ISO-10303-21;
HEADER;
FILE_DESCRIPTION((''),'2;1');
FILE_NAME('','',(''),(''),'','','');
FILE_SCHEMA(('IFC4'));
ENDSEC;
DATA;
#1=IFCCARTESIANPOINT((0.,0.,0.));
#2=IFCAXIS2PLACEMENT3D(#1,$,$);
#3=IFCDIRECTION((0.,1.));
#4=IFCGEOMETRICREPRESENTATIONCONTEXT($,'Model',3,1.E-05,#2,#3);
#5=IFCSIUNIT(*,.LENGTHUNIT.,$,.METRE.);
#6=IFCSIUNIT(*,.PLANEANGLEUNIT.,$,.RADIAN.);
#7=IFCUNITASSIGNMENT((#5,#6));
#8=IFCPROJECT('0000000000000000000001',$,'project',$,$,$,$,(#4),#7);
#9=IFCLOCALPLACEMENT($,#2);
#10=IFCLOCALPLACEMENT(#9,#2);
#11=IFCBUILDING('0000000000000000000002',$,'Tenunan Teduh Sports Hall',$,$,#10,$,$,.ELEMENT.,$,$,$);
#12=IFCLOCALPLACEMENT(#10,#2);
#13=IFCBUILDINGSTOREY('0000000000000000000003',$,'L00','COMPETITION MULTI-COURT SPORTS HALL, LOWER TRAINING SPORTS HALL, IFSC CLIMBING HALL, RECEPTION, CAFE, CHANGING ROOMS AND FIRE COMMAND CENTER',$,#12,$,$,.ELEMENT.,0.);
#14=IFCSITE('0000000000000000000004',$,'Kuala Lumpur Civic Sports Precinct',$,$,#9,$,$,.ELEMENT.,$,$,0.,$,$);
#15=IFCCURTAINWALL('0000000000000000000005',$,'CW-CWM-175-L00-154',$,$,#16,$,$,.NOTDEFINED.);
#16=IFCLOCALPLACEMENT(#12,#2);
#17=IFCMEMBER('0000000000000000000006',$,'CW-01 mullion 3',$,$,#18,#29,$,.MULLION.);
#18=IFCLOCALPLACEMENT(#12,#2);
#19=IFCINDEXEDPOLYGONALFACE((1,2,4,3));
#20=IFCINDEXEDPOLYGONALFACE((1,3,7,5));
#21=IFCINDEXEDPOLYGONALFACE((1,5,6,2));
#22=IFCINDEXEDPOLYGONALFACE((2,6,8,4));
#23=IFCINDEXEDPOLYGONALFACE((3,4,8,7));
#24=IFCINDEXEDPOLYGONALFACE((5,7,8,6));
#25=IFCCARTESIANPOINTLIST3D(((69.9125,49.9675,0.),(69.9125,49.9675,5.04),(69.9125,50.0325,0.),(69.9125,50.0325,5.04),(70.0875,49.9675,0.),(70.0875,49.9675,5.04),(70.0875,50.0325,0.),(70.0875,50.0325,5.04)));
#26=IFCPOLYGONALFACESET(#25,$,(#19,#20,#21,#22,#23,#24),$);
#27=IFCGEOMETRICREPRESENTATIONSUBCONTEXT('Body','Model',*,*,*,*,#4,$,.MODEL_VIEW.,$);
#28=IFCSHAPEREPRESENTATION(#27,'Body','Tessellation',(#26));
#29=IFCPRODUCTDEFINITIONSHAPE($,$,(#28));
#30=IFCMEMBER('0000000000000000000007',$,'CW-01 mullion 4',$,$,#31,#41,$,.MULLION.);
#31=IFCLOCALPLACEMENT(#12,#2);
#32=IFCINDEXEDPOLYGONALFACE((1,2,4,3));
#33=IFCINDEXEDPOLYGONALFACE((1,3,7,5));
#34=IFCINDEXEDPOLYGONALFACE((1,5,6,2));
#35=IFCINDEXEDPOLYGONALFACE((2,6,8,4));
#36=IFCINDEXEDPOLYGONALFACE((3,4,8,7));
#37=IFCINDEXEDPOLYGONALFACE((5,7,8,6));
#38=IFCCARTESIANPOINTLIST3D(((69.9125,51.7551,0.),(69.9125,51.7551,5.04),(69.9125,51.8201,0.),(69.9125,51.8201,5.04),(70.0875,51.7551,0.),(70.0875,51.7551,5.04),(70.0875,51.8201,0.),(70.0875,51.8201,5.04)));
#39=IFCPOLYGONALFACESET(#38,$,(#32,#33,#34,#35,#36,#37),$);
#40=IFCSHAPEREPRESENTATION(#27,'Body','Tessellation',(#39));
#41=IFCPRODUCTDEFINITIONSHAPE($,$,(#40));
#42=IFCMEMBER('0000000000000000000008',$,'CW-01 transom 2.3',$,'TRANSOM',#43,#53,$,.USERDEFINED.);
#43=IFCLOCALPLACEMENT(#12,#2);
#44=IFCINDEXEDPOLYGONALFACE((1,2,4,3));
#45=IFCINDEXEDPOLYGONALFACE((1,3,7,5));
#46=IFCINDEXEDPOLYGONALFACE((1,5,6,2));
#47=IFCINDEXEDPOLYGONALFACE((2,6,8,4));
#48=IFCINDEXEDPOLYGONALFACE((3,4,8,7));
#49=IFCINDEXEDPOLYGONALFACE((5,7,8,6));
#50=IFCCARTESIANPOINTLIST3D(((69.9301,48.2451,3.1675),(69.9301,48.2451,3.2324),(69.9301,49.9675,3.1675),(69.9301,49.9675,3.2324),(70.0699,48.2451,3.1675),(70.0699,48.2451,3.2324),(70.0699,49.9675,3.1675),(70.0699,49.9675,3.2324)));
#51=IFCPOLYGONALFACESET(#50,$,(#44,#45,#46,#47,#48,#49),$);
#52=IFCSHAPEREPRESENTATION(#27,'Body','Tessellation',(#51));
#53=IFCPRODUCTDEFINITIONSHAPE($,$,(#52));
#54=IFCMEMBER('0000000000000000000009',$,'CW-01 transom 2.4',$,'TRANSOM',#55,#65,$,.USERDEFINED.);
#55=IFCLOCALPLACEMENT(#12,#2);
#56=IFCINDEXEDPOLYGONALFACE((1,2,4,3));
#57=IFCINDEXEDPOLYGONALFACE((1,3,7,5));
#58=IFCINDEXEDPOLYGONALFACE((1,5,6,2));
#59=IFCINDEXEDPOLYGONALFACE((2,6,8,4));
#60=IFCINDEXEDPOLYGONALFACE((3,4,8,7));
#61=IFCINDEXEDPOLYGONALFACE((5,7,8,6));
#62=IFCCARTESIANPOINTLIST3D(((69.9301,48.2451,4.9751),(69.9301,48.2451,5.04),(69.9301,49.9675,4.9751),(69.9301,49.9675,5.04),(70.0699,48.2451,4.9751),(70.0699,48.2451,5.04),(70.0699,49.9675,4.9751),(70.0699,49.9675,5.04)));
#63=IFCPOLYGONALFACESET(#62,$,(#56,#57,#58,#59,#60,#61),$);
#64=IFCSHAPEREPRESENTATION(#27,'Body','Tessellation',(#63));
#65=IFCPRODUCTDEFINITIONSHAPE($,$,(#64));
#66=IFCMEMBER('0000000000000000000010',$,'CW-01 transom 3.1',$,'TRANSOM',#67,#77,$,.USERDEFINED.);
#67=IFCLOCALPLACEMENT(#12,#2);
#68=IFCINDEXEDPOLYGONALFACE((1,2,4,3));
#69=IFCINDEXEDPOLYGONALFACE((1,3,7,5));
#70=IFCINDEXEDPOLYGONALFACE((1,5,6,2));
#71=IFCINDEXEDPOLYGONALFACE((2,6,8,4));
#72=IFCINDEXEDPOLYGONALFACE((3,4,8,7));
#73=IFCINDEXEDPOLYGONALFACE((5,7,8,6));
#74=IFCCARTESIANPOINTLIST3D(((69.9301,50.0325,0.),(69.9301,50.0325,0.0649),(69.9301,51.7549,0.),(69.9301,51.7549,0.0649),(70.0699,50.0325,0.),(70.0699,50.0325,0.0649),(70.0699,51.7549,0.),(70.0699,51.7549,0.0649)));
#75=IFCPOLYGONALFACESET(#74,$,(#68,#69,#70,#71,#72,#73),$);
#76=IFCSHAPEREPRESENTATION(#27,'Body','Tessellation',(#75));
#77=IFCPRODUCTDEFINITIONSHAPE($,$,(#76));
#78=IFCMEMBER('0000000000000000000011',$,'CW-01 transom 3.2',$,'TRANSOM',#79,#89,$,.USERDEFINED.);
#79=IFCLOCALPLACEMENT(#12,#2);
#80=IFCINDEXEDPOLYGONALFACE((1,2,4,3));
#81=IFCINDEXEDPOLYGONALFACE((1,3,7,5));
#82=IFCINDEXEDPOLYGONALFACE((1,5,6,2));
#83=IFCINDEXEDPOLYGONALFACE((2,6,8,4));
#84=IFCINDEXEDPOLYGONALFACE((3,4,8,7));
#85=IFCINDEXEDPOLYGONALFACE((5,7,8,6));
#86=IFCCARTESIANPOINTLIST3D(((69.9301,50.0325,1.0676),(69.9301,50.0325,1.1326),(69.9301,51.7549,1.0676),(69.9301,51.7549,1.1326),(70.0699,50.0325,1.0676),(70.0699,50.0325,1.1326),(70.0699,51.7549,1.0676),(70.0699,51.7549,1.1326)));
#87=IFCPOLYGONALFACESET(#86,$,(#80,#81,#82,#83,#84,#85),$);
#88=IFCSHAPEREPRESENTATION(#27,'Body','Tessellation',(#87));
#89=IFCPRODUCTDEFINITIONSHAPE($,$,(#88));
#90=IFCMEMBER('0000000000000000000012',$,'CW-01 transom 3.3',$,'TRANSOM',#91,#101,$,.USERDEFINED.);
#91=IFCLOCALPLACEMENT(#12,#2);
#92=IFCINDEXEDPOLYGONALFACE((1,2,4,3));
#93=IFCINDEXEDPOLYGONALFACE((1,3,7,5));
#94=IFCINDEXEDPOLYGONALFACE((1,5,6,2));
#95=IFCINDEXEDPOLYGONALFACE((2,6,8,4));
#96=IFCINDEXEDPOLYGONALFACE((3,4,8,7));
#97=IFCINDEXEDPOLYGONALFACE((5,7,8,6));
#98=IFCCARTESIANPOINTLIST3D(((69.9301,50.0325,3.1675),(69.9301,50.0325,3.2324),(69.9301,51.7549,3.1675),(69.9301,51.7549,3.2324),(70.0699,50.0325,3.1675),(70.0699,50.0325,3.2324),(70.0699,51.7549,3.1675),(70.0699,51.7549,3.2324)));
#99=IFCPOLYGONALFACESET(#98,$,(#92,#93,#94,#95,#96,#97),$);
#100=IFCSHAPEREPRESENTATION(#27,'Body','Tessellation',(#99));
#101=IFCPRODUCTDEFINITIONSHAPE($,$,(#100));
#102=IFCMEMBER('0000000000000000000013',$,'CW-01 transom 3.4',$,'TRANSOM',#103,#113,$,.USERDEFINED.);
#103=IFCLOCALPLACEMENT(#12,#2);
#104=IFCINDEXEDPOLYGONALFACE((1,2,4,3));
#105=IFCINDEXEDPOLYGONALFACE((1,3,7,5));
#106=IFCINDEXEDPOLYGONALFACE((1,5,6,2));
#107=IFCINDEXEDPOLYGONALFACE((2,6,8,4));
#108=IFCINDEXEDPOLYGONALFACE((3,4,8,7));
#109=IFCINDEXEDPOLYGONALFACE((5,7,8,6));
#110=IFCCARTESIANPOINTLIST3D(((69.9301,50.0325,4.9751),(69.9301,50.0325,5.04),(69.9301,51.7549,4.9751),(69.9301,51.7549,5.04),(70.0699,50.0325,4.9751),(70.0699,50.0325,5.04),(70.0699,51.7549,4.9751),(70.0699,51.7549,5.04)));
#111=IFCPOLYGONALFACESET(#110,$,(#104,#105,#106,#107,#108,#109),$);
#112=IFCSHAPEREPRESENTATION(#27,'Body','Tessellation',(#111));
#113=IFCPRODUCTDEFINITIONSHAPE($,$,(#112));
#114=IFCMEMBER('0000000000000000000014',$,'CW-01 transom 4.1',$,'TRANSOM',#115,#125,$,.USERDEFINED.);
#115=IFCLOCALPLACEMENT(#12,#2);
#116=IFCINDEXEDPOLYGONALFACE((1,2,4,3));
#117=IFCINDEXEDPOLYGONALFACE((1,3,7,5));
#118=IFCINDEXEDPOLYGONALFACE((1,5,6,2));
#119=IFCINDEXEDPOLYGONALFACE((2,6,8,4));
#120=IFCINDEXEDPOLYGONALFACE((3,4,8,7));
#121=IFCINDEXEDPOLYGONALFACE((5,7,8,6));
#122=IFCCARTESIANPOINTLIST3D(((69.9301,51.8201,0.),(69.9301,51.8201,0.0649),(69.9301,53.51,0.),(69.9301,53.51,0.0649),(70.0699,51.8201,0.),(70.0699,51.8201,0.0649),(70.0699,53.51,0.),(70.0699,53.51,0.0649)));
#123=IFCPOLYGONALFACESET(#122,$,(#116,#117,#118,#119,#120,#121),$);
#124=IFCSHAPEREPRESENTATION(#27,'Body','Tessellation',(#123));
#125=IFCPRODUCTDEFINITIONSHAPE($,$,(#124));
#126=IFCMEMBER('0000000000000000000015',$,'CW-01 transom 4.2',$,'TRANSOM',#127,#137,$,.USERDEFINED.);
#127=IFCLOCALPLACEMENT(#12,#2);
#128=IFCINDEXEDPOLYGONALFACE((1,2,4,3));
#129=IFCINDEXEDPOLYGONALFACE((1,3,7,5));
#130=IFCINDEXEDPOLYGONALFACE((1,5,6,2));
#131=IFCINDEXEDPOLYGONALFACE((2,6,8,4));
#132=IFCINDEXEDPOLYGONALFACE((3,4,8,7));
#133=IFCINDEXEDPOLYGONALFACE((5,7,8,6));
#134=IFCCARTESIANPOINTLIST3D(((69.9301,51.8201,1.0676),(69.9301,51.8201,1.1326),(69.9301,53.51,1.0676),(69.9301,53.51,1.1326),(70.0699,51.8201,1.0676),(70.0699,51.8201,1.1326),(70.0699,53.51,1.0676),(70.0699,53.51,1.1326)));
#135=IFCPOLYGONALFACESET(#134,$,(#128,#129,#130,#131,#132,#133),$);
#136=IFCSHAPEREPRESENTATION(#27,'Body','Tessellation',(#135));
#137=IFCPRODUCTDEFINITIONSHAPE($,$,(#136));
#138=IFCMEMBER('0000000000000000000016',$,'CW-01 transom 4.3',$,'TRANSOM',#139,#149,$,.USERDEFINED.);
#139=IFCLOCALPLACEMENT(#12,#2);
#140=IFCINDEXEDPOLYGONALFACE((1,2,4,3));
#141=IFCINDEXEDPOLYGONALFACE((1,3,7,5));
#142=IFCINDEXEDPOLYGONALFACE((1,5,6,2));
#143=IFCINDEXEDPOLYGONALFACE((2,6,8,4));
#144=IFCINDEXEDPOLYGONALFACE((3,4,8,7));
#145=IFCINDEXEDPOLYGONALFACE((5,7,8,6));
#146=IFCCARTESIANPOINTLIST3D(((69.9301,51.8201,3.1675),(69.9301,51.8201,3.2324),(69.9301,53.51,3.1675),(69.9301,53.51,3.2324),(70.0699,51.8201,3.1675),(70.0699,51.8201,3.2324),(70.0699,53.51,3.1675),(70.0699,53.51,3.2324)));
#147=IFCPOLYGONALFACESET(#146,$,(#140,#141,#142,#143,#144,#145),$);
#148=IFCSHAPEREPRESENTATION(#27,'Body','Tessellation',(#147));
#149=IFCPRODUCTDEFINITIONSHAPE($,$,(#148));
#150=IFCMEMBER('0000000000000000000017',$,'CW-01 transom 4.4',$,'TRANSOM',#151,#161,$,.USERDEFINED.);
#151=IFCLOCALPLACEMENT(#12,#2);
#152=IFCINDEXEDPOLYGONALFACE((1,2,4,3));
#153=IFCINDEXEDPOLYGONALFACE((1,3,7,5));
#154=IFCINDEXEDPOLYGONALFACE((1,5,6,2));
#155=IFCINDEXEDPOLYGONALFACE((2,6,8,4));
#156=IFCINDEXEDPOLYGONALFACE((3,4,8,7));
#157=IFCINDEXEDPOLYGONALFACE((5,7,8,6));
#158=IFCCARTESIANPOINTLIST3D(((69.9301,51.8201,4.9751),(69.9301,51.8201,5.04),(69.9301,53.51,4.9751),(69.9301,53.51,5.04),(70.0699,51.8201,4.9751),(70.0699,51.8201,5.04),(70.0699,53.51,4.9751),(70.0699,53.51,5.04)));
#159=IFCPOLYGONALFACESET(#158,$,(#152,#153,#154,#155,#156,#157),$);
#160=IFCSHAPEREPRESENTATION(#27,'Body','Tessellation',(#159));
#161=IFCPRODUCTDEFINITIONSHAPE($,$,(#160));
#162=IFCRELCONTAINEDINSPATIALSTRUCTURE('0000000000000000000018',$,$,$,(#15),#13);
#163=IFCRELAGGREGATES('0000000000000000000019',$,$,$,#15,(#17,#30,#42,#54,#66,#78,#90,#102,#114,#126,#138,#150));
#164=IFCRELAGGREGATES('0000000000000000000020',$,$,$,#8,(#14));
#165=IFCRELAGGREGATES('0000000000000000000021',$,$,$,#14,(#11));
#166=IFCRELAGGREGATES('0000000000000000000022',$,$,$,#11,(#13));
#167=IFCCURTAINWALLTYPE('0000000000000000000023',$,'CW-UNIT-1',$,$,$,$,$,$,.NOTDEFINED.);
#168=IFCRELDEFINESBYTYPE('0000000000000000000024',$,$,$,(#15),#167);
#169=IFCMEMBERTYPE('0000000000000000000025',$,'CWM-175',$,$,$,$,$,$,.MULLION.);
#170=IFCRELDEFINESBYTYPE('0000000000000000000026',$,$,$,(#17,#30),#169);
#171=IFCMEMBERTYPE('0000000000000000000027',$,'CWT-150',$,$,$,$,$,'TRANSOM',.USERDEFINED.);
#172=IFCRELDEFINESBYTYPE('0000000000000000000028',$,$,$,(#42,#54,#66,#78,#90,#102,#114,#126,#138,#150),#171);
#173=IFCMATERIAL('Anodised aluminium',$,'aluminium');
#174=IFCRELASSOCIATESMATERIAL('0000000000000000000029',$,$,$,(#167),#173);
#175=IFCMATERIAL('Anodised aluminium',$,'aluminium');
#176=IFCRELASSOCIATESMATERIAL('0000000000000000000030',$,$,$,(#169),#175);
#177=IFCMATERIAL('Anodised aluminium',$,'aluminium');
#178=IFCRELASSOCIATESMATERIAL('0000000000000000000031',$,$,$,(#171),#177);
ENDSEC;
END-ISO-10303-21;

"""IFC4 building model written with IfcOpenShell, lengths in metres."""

from ifc_helpers import new_model, si_unit, direction, frame, origin, origin_2d, place, context, subcontext, project, spatial, rectangle, extrude, material, material_profile, profile_set, type_object, element, aggregate, save


model = new_model("IFC4")

# Units and contexts
model_context = context("Model", 3, precision=1e-05, world=origin(), true_north=direction((0.0, 1.0)))
body_context = subcontext(model_context, "Body", "Model", "MODEL_VIEW")
ifc_project = project(units=[si_unit("LENGTHUNIT", "METRE"), si_unit("PLANEANGLEUNIT", "RADIAN")], contexts=[model_context])

# Site, building, storey
site_placement = place(None, origin())
site = spatial("IfcSite", under=ifc_project, at=site_placement, Name="Kuala Lumpur Civic Sports Precinct", CompositionType="ELEMENT", RefElevation=0.0)
building_placement = place(site_placement, origin())
building = spatial("IfcBuilding", under=site, at=building_placement, Name="Tenunan Teduh Sports Hall", CompositionType="ELEMENT")
storey_placement = place(building_placement, origin())
storey = spatial("IfcBuildingStorey", under=building, at=storey_placement, Name="L00", Description="COMPETITION MULTI-COURT SPORTS HALL, LOWER TRAINING SPORTS HALL, IFSC CLIMBING HALL, RECEPTION, CAFE, CHANGING ROOMS AND FIRE COMMAND CENTER", CompositionType="ELEMENT", Elevation=0.0)

# Curtain wall, members
ifc_material_1 = material(Name="Anodised aluminium", Category="aluminium")
curtain_wall_type = type_object("IfcCurtainWallType", Name="CW-UNIT-1", PredefinedType="NOTDEFINED", material=ifc_material_1)
curtain_wall_placement = place(storey_placement, origin())
curtain_wall = element("IfcCurtainWall", 1, at=curtain_wall_placement, inside=storey, type_object=curtain_wall_type, Name="CW-CWM-175-L00-154", PredefinedType="NOTDEFINED")
ifc_material_2 = material(Name="Anodised aluminium", Category="aluminium")
ifc_material_profile_1 = material_profile(ifc_material_2, rectangle(XDim=0.0649, YDim=0.175, at=origin_2d()), Name="CWM 65x175")
ifc_profile_set_1 = profile_set([ifc_material_profile_1], Name="Anodised aluminium")
member_type_1 = type_object("IfcMemberType", Name="CWM-175", PredefinedType="MULLION", material=ifc_profile_set_1)
member_1_placement = place(storey_placement, frame((70.0, 50.0, 0.0), z_axis=(0.0, 0.0, 1.0), x_axis=(0.0, 1.0, 0.0)))
member_1 = element("IfcMember", 2, at=member_1_placement, type_object=member_type_1, Name="CW-01 mullion 3", PredefinedType="MULLION", context=body_context, shape_type="SweptSolid", body=[
    extrude(rectangle(XDim=0.0649, YDim=0.175, at=origin_2d()), origin(), (0.0, 0.0, 1.0), 5.04),
])
member_2_placement = place(storey_placement, frame((70.0, 51.7876, 0.0), z_axis=(0.0, 0.0, 1.0), x_axis=(0.0, 1.0, 0.0)))
member_2 = element("IfcMember", 3, at=member_2_placement, type_object=member_type_1, Name="CW-01 mullion 4", PredefinedType="MULLION", context=body_context, shape_type="SweptSolid", body=[
    extrude(rectangle(XDim=0.0649, YDim=0.175, at=origin_2d()), origin(), (0.0, 0.0, 1.0), 5.04),
])
ifc_material_3 = material(Name="Anodised aluminium", Category="aluminium")
ifc_material_profile_2 = material_profile(ifc_material_3, rectangle(XDim=0.0649, YDim=0.1399, at=origin_2d()), Name="CWT 65x140")
ifc_profile_set_2 = profile_set([ifc_material_profile_2], Name="Anodised aluminium")
member_type_2 = type_object("IfcMemberType", Name="CWT-150", ElementType="TRANSOM", PredefinedType="USERDEFINED", material=ifc_profile_set_2)
member_3_placement = place(storey_placement, frame((70.0, 48.2451, 3.2), z_axis=(0.0, 1.0, 0.0), x_axis=(0.0, 0.0, 1.0)))
member_3 = element("IfcMember", 4, at=member_3_placement, type_object=member_type_2, Name="CW-01 transom 2.3", ObjectType="TRANSOM", PredefinedType="USERDEFINED", context=body_context, shape_type="SweptSolid", body=[
    extrude(rectangle(XDim=0.0649, YDim=0.1399, at=origin_2d()), origin(), (0.0, 0.0, 1.0), 1.7224),
])
member_4_placement = place(storey_placement, frame((70.0, 48.2451, 5.0076), z_axis=(0.0, 1.0, 0.0), x_axis=(0.0, 0.0, 1.0)))
member_4 = element("IfcMember", 5, at=member_4_placement, type_object=member_type_2, Name="CW-01 transom 2.4", ObjectType="TRANSOM", PredefinedType="USERDEFINED", context=body_context, shape_type="SweptSolid", body=[
    extrude(rectangle(XDim=0.0649, YDim=0.1399, at=origin_2d()), origin(), (0.0, 0.0, 1.0), 1.7224),
])
member_5_placement = place(storey_placement, frame((70.0, 50.0325, 0.0325), z_axis=(0.0, 1.0, 0.0), x_axis=(0.0, 0.0, 1.0)))
member_5 = element("IfcMember", 6, at=member_5_placement, type_object=member_type_2, Name="CW-01 transom 3.1", ObjectType="TRANSOM", PredefinedType="USERDEFINED", context=body_context, shape_type="SweptSolid", body=[
    extrude(rectangle(XDim=0.0649, YDim=0.1399, at=origin_2d()), origin(), (0.0, 0.0, 1.0), 1.7224),
])
member_6_placement = place(storey_placement, frame((70.0, 50.0325, 1.1001), z_axis=(0.0, 1.0, 0.0), x_axis=(0.0, 0.0, 1.0)))
member_6 = element("IfcMember", 7, at=member_6_placement, type_object=member_type_2, Name="CW-01 transom 3.2", ObjectType="TRANSOM", PredefinedType="USERDEFINED", context=body_context, shape_type="SweptSolid", body=[
    extrude(rectangle(XDim=0.0649, YDim=0.1399, at=origin_2d()), origin(), (0.0, 0.0, 1.0), 1.7224),
])
member_7_placement = place(storey_placement, frame((70.0, 50.0325, 3.2), z_axis=(0.0, 1.0, 0.0), x_axis=(0.0, 0.0, 1.0)))
member_7 = element("IfcMember", 8, at=member_7_placement, type_object=member_type_2, Name="CW-01 transom 3.3", ObjectType="TRANSOM", PredefinedType="USERDEFINED", context=body_context, shape_type="SweptSolid", body=[
    extrude(rectangle(XDim=0.0649, YDim=0.1399, at=origin_2d()), origin(), (0.0, 0.0, 1.0), 1.7224),
])
member_8_placement = place(storey_placement, frame((70.0, 50.0325, 5.0076), z_axis=(0.0, 1.0, 0.0), x_axis=(0.0, 0.0, 1.0)))
member_8 = element("IfcMember", 9, at=member_8_placement, type_object=member_type_2, Name="CW-01 transom 3.4", ObjectType="TRANSOM", PredefinedType="USERDEFINED", context=body_context, shape_type="SweptSolid", body=[
    extrude(rectangle(XDim=0.0649, YDim=0.1399, at=origin_2d()), origin(), (0.0, 0.0, 1.0), 1.7224),
])
member_9_placement = place(storey_placement, frame((70.0, 51.8201, 0.0325), z_axis=(0.0, 1.0, 0.0), x_axis=(0.0, 0.0, 1.0)))
member_9 = element("IfcMember", 10, at=member_9_placement, type_object=member_type_2, Name="CW-01 transom 4.1", ObjectType="TRANSOM", PredefinedType="USERDEFINED", context=body_context, shape_type="SweptSolid", body=[
    extrude(rectangle(XDim=0.0649, YDim=0.1399, at=origin_2d()), origin(), (0.0, 0.0, 1.0), 1.6899),
])
member_10_placement = place(storey_placement, frame((70.0, 51.8201, 1.1001), z_axis=(0.0, 1.0, 0.0), x_axis=(0.0, 0.0, 1.0)))
member_10 = element("IfcMember", 11, at=member_10_placement, type_object=member_type_2, Name="CW-01 transom 4.2", ObjectType="TRANSOM", PredefinedType="USERDEFINED", context=body_context, shape_type="SweptSolid", body=[
    extrude(rectangle(XDim=0.0649, YDim=0.1399, at=origin_2d()), origin(), (0.0, 0.0, 1.0), 1.6899),
])
member_11_placement = place(storey_placement, frame((70.0, 51.8201, 3.2), z_axis=(0.0, 1.0, 0.0), x_axis=(0.0, 0.0, 1.0)))
member_11 = element("IfcMember", 12, at=member_11_placement, type_object=member_type_2, Name="CW-01 transom 4.3", ObjectType="TRANSOM", PredefinedType="USERDEFINED", context=body_context, shape_type="SweptSolid", body=[
    extrude(rectangle(XDim=0.0649, YDim=0.1399, at=origin_2d()), origin(), (0.0, 0.0, 1.0), 1.6899),
])
member_12_placement = place(storey_placement, frame((70.0, 51.8201, 5.0076), z_axis=(0.0, 1.0, 0.0), x_axis=(0.0, 0.0, 1.0)))
member_12 = element("IfcMember", 13, at=member_12_placement, type_object=member_type_2, Name="CW-01 transom 4.4", ObjectType="TRANSOM", PredefinedType="USERDEFINED", context=body_context, shape_type="SweptSolid", body=[
    extrude(rectangle(XDim=0.0649, YDim=0.1399, at=origin_2d()), origin(), (0.0, 0.0, 1.0), 1.6899),
])

aggregate(curtain_wall, [member_1, member_2, member_3, member_4, member_5, member_6, member_7, member_8, member_9, member_10, member_11, member_12])

save(model, "model.ifc")
